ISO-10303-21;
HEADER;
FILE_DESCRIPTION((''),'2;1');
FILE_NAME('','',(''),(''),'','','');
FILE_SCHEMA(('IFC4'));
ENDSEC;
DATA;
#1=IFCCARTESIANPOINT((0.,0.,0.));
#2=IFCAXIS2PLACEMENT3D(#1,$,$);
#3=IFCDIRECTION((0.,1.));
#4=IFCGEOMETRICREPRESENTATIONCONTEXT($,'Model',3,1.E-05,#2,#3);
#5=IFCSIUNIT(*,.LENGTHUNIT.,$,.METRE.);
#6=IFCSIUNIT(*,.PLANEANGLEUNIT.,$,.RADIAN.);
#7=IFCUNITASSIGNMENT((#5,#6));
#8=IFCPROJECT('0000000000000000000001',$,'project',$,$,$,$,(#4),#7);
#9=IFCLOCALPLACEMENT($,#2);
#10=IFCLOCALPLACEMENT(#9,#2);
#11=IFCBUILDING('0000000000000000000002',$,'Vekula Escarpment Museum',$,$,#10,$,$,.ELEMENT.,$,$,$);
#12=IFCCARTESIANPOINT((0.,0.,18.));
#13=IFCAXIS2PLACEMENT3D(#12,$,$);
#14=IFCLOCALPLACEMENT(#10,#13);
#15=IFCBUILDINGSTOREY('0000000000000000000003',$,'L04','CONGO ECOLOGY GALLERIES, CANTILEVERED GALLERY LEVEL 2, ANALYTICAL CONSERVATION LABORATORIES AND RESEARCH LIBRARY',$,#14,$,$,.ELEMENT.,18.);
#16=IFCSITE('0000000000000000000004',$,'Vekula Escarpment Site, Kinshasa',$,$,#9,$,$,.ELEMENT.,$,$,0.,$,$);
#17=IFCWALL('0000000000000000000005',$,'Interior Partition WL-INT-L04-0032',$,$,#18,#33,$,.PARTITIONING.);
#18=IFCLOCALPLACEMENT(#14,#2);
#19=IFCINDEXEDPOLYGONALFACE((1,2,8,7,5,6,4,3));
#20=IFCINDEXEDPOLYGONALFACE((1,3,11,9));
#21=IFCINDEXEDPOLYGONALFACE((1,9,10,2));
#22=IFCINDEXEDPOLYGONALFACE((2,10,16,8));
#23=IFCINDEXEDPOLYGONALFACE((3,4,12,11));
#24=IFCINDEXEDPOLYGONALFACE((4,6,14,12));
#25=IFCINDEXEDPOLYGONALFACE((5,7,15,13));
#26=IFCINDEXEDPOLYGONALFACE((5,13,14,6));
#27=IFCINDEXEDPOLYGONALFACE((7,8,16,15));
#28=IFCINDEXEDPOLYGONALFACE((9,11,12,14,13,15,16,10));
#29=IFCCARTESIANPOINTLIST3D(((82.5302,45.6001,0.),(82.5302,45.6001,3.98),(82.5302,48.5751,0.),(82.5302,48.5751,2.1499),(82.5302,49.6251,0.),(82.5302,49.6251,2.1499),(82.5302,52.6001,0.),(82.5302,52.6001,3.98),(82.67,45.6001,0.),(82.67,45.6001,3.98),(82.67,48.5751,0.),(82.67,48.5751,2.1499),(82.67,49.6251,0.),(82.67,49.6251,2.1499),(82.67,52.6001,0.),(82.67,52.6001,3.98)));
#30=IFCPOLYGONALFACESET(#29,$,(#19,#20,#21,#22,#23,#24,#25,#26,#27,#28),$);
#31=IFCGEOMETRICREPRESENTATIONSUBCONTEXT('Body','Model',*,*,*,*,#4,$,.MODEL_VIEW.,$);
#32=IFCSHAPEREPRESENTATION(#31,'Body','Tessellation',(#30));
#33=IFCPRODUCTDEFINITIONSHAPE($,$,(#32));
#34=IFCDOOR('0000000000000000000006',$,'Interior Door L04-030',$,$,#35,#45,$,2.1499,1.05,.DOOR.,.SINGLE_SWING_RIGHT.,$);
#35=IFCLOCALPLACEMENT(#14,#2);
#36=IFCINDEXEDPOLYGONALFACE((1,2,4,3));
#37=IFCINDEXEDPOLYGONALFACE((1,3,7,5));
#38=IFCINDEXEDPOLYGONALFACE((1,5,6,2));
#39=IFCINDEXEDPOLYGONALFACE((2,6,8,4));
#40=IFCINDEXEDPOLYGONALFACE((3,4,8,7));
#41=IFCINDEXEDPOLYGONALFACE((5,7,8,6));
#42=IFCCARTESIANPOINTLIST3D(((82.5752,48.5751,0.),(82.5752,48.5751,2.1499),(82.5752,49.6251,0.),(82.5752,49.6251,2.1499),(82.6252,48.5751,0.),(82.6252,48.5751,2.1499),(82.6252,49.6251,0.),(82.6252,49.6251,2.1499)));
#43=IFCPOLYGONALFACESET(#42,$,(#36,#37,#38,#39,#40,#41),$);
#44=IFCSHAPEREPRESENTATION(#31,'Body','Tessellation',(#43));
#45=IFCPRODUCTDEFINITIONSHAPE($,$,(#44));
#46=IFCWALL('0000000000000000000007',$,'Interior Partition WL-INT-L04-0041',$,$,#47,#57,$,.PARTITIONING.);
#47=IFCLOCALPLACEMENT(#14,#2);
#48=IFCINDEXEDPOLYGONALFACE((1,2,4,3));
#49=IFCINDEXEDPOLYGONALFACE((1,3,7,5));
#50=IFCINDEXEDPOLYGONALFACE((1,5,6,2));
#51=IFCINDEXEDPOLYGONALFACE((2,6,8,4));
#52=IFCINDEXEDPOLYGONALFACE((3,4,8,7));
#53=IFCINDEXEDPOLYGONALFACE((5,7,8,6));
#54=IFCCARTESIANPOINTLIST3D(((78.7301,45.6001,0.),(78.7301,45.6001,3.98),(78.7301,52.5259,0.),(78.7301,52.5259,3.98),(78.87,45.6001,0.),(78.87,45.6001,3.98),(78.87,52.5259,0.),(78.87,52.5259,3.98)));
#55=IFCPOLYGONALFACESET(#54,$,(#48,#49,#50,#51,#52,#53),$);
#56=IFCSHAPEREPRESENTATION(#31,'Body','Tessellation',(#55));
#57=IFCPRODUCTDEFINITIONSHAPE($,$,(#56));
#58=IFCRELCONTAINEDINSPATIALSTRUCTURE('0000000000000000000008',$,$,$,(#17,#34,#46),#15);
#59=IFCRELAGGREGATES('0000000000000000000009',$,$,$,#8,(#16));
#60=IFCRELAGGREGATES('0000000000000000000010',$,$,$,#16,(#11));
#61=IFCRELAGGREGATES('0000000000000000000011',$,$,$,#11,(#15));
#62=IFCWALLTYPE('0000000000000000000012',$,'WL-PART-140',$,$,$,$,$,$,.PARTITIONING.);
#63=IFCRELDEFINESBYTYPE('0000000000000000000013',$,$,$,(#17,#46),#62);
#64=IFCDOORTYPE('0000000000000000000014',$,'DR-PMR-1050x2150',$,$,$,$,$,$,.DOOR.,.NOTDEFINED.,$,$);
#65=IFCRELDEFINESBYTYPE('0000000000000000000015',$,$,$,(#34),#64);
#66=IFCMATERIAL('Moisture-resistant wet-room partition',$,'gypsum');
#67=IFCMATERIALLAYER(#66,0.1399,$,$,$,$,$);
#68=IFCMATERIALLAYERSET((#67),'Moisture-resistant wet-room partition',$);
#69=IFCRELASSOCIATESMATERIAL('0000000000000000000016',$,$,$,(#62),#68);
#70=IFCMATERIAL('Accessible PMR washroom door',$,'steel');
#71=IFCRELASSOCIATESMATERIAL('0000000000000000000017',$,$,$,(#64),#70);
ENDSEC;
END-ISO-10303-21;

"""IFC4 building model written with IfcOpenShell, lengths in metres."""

from ifc_helpers import new_model, si_unit, direction, frame, frame_2d, origin, place, context, subcontext, project, spatial, rectangle, extrude, material, layer, layer_set, type_object, element, fill, save


model = new_model("IFC4")

# Units and contexts
model_context = context("Model", 3, precision=1e-05, world=origin(), true_north=direction((0.0, 1.0)))
body_context = subcontext(model_context, "Body", "Model", "MODEL_VIEW")
ifc_project = project(units=[si_unit("LENGTHUNIT", "METRE"), si_unit("PLANEANGLEUNIT", "RADIAN")], contexts=[model_context])

# Site, building, storey
site_placement = place(None, origin())
site = spatial("IfcSite", under=ifc_project, at=site_placement, Name="Vekula Escarpment Site, Kinshasa", CompositionType="ELEMENT", RefElevation=0.0)
building_placement = place(site_placement, origin())
building = spatial("IfcBuilding", under=site, at=building_placement, Name="Vekula Escarpment Museum", CompositionType="ELEMENT")
storey_placement = place(building_placement, frame((0.0, 0.0, 18.0)))
storey = spatial("IfcBuildingStorey", under=building, at=storey_placement, Name="L04", Description="CONGO ECOLOGY GALLERIES, CANTILEVERED GALLERY LEVEL 2, ANALYTICAL CONSERVATION LABORATORIES AND RESEARCH LIBRARY", CompositionType="ELEMENT", Elevation=18.0)

# Wall, opening, door
ifc_material_1 = material(Name="Moisture-resistant wet-room partition", Category="gypsum")
ifc_layer_1 = layer(ifc_material_1, 0.1399)
ifc_layer_set_1 = layer_set([ifc_layer_1], Name="Moisture-resistant wet-room partition")
wall_type_1 = type_object("IfcWallType", Name="WL-PART-140", PredefinedType="PARTITIONING", material=ifc_layer_set_1)
wall_1_placement = place(storey_placement, frame((82.6001, 45.6001, 0.0), z_axis=(0.0, 0.0, 1.0), x_axis=(0.0, 1.0, 0.0)))
wall_1 = element("IfcWall", 1, at=wall_1_placement, inside=storey, type_object=wall_type_1, Name="Interior Partition WL-INT-L04-0032", PredefinedType="PARTITIONING", context=body_context, shape_type="SweptSolid", body=[
    extrude(rectangle(XDim=7.0, YDim=0.1399, at=frame_2d((3.5, 0.0))), origin(), (0.0, 0.0, 1.0), 3.98),
])
opening_placement = place(wall_1_placement, frame((2.9751, 0.0, 0.0)))
opening = element("IfcOpeningElement", 2, at=opening_placement, cuts=wall_1, PredefinedType="OPENING", context=body_context, shape_type="SweptSolid", body=[
    extrude(rectangle(XDim=1.05, YDim=2.1499, at=frame_2d((0.5249, 1.075))), frame((0.0, 0.0798, 0.0), z_axis=(0.0, -1.0, 0.0), x_axis=(1.0, 0.0, 0.0)), (0.0, 0.0, 1.0), 0.1599),
])
ifc_material_2 = material(Name="Accessible PMR washroom door", Category="steel")
door_type = type_object("IfcDoorType", Name="DR-PMR-1050x2150", OperationType="NOTDEFINED", PredefinedType="DOOR", material=ifc_material_2)
door_placement = place(opening_placement, origin())
door = element("IfcDoor", 3, at=door_placement, inside=storey, type_object=door_type, Name="Interior Door L04-030", OperationType="SINGLE_SWING_RIGHT", OverallHeight=2.1499, OverallWidth=1.05, PredefinedType="DOOR", context=body_context, shape_type="SweptSolid", body=[
    extrude(rectangle(XDim=1.05, YDim=2.1499, at=frame_2d((0.5249, 1.075))), frame((0.0, 0.0249, 0.0), z_axis=(0.0, -1.0, 0.0), x_axis=(1.0, 0.0, 0.0)), (0.0, 0.0, 1.0), 0.05),
])
fill(opening, door)

# Wall
wall_2_placement = place(storey_placement, frame((78.8, 45.6001, 0.0), z_axis=(0.0, 0.0, 1.0), x_axis=(0.0, 1.0, 0.0)))
element("IfcWall", 4, at=wall_2_placement, inside=storey, type_object=wall_type_1, Name="Interior Partition WL-INT-L04-0041", PredefinedType="PARTITIONING", context=body_context, shape_type="SweptSolid", body=[
    extrude(rectangle(XDim=6.9258, YDim=0.1399, at=frame_2d((3.4629, 0.0))), origin(), (0.0, 0.0, 1.0), 3.98),
])

save(model, "model.ifc")
